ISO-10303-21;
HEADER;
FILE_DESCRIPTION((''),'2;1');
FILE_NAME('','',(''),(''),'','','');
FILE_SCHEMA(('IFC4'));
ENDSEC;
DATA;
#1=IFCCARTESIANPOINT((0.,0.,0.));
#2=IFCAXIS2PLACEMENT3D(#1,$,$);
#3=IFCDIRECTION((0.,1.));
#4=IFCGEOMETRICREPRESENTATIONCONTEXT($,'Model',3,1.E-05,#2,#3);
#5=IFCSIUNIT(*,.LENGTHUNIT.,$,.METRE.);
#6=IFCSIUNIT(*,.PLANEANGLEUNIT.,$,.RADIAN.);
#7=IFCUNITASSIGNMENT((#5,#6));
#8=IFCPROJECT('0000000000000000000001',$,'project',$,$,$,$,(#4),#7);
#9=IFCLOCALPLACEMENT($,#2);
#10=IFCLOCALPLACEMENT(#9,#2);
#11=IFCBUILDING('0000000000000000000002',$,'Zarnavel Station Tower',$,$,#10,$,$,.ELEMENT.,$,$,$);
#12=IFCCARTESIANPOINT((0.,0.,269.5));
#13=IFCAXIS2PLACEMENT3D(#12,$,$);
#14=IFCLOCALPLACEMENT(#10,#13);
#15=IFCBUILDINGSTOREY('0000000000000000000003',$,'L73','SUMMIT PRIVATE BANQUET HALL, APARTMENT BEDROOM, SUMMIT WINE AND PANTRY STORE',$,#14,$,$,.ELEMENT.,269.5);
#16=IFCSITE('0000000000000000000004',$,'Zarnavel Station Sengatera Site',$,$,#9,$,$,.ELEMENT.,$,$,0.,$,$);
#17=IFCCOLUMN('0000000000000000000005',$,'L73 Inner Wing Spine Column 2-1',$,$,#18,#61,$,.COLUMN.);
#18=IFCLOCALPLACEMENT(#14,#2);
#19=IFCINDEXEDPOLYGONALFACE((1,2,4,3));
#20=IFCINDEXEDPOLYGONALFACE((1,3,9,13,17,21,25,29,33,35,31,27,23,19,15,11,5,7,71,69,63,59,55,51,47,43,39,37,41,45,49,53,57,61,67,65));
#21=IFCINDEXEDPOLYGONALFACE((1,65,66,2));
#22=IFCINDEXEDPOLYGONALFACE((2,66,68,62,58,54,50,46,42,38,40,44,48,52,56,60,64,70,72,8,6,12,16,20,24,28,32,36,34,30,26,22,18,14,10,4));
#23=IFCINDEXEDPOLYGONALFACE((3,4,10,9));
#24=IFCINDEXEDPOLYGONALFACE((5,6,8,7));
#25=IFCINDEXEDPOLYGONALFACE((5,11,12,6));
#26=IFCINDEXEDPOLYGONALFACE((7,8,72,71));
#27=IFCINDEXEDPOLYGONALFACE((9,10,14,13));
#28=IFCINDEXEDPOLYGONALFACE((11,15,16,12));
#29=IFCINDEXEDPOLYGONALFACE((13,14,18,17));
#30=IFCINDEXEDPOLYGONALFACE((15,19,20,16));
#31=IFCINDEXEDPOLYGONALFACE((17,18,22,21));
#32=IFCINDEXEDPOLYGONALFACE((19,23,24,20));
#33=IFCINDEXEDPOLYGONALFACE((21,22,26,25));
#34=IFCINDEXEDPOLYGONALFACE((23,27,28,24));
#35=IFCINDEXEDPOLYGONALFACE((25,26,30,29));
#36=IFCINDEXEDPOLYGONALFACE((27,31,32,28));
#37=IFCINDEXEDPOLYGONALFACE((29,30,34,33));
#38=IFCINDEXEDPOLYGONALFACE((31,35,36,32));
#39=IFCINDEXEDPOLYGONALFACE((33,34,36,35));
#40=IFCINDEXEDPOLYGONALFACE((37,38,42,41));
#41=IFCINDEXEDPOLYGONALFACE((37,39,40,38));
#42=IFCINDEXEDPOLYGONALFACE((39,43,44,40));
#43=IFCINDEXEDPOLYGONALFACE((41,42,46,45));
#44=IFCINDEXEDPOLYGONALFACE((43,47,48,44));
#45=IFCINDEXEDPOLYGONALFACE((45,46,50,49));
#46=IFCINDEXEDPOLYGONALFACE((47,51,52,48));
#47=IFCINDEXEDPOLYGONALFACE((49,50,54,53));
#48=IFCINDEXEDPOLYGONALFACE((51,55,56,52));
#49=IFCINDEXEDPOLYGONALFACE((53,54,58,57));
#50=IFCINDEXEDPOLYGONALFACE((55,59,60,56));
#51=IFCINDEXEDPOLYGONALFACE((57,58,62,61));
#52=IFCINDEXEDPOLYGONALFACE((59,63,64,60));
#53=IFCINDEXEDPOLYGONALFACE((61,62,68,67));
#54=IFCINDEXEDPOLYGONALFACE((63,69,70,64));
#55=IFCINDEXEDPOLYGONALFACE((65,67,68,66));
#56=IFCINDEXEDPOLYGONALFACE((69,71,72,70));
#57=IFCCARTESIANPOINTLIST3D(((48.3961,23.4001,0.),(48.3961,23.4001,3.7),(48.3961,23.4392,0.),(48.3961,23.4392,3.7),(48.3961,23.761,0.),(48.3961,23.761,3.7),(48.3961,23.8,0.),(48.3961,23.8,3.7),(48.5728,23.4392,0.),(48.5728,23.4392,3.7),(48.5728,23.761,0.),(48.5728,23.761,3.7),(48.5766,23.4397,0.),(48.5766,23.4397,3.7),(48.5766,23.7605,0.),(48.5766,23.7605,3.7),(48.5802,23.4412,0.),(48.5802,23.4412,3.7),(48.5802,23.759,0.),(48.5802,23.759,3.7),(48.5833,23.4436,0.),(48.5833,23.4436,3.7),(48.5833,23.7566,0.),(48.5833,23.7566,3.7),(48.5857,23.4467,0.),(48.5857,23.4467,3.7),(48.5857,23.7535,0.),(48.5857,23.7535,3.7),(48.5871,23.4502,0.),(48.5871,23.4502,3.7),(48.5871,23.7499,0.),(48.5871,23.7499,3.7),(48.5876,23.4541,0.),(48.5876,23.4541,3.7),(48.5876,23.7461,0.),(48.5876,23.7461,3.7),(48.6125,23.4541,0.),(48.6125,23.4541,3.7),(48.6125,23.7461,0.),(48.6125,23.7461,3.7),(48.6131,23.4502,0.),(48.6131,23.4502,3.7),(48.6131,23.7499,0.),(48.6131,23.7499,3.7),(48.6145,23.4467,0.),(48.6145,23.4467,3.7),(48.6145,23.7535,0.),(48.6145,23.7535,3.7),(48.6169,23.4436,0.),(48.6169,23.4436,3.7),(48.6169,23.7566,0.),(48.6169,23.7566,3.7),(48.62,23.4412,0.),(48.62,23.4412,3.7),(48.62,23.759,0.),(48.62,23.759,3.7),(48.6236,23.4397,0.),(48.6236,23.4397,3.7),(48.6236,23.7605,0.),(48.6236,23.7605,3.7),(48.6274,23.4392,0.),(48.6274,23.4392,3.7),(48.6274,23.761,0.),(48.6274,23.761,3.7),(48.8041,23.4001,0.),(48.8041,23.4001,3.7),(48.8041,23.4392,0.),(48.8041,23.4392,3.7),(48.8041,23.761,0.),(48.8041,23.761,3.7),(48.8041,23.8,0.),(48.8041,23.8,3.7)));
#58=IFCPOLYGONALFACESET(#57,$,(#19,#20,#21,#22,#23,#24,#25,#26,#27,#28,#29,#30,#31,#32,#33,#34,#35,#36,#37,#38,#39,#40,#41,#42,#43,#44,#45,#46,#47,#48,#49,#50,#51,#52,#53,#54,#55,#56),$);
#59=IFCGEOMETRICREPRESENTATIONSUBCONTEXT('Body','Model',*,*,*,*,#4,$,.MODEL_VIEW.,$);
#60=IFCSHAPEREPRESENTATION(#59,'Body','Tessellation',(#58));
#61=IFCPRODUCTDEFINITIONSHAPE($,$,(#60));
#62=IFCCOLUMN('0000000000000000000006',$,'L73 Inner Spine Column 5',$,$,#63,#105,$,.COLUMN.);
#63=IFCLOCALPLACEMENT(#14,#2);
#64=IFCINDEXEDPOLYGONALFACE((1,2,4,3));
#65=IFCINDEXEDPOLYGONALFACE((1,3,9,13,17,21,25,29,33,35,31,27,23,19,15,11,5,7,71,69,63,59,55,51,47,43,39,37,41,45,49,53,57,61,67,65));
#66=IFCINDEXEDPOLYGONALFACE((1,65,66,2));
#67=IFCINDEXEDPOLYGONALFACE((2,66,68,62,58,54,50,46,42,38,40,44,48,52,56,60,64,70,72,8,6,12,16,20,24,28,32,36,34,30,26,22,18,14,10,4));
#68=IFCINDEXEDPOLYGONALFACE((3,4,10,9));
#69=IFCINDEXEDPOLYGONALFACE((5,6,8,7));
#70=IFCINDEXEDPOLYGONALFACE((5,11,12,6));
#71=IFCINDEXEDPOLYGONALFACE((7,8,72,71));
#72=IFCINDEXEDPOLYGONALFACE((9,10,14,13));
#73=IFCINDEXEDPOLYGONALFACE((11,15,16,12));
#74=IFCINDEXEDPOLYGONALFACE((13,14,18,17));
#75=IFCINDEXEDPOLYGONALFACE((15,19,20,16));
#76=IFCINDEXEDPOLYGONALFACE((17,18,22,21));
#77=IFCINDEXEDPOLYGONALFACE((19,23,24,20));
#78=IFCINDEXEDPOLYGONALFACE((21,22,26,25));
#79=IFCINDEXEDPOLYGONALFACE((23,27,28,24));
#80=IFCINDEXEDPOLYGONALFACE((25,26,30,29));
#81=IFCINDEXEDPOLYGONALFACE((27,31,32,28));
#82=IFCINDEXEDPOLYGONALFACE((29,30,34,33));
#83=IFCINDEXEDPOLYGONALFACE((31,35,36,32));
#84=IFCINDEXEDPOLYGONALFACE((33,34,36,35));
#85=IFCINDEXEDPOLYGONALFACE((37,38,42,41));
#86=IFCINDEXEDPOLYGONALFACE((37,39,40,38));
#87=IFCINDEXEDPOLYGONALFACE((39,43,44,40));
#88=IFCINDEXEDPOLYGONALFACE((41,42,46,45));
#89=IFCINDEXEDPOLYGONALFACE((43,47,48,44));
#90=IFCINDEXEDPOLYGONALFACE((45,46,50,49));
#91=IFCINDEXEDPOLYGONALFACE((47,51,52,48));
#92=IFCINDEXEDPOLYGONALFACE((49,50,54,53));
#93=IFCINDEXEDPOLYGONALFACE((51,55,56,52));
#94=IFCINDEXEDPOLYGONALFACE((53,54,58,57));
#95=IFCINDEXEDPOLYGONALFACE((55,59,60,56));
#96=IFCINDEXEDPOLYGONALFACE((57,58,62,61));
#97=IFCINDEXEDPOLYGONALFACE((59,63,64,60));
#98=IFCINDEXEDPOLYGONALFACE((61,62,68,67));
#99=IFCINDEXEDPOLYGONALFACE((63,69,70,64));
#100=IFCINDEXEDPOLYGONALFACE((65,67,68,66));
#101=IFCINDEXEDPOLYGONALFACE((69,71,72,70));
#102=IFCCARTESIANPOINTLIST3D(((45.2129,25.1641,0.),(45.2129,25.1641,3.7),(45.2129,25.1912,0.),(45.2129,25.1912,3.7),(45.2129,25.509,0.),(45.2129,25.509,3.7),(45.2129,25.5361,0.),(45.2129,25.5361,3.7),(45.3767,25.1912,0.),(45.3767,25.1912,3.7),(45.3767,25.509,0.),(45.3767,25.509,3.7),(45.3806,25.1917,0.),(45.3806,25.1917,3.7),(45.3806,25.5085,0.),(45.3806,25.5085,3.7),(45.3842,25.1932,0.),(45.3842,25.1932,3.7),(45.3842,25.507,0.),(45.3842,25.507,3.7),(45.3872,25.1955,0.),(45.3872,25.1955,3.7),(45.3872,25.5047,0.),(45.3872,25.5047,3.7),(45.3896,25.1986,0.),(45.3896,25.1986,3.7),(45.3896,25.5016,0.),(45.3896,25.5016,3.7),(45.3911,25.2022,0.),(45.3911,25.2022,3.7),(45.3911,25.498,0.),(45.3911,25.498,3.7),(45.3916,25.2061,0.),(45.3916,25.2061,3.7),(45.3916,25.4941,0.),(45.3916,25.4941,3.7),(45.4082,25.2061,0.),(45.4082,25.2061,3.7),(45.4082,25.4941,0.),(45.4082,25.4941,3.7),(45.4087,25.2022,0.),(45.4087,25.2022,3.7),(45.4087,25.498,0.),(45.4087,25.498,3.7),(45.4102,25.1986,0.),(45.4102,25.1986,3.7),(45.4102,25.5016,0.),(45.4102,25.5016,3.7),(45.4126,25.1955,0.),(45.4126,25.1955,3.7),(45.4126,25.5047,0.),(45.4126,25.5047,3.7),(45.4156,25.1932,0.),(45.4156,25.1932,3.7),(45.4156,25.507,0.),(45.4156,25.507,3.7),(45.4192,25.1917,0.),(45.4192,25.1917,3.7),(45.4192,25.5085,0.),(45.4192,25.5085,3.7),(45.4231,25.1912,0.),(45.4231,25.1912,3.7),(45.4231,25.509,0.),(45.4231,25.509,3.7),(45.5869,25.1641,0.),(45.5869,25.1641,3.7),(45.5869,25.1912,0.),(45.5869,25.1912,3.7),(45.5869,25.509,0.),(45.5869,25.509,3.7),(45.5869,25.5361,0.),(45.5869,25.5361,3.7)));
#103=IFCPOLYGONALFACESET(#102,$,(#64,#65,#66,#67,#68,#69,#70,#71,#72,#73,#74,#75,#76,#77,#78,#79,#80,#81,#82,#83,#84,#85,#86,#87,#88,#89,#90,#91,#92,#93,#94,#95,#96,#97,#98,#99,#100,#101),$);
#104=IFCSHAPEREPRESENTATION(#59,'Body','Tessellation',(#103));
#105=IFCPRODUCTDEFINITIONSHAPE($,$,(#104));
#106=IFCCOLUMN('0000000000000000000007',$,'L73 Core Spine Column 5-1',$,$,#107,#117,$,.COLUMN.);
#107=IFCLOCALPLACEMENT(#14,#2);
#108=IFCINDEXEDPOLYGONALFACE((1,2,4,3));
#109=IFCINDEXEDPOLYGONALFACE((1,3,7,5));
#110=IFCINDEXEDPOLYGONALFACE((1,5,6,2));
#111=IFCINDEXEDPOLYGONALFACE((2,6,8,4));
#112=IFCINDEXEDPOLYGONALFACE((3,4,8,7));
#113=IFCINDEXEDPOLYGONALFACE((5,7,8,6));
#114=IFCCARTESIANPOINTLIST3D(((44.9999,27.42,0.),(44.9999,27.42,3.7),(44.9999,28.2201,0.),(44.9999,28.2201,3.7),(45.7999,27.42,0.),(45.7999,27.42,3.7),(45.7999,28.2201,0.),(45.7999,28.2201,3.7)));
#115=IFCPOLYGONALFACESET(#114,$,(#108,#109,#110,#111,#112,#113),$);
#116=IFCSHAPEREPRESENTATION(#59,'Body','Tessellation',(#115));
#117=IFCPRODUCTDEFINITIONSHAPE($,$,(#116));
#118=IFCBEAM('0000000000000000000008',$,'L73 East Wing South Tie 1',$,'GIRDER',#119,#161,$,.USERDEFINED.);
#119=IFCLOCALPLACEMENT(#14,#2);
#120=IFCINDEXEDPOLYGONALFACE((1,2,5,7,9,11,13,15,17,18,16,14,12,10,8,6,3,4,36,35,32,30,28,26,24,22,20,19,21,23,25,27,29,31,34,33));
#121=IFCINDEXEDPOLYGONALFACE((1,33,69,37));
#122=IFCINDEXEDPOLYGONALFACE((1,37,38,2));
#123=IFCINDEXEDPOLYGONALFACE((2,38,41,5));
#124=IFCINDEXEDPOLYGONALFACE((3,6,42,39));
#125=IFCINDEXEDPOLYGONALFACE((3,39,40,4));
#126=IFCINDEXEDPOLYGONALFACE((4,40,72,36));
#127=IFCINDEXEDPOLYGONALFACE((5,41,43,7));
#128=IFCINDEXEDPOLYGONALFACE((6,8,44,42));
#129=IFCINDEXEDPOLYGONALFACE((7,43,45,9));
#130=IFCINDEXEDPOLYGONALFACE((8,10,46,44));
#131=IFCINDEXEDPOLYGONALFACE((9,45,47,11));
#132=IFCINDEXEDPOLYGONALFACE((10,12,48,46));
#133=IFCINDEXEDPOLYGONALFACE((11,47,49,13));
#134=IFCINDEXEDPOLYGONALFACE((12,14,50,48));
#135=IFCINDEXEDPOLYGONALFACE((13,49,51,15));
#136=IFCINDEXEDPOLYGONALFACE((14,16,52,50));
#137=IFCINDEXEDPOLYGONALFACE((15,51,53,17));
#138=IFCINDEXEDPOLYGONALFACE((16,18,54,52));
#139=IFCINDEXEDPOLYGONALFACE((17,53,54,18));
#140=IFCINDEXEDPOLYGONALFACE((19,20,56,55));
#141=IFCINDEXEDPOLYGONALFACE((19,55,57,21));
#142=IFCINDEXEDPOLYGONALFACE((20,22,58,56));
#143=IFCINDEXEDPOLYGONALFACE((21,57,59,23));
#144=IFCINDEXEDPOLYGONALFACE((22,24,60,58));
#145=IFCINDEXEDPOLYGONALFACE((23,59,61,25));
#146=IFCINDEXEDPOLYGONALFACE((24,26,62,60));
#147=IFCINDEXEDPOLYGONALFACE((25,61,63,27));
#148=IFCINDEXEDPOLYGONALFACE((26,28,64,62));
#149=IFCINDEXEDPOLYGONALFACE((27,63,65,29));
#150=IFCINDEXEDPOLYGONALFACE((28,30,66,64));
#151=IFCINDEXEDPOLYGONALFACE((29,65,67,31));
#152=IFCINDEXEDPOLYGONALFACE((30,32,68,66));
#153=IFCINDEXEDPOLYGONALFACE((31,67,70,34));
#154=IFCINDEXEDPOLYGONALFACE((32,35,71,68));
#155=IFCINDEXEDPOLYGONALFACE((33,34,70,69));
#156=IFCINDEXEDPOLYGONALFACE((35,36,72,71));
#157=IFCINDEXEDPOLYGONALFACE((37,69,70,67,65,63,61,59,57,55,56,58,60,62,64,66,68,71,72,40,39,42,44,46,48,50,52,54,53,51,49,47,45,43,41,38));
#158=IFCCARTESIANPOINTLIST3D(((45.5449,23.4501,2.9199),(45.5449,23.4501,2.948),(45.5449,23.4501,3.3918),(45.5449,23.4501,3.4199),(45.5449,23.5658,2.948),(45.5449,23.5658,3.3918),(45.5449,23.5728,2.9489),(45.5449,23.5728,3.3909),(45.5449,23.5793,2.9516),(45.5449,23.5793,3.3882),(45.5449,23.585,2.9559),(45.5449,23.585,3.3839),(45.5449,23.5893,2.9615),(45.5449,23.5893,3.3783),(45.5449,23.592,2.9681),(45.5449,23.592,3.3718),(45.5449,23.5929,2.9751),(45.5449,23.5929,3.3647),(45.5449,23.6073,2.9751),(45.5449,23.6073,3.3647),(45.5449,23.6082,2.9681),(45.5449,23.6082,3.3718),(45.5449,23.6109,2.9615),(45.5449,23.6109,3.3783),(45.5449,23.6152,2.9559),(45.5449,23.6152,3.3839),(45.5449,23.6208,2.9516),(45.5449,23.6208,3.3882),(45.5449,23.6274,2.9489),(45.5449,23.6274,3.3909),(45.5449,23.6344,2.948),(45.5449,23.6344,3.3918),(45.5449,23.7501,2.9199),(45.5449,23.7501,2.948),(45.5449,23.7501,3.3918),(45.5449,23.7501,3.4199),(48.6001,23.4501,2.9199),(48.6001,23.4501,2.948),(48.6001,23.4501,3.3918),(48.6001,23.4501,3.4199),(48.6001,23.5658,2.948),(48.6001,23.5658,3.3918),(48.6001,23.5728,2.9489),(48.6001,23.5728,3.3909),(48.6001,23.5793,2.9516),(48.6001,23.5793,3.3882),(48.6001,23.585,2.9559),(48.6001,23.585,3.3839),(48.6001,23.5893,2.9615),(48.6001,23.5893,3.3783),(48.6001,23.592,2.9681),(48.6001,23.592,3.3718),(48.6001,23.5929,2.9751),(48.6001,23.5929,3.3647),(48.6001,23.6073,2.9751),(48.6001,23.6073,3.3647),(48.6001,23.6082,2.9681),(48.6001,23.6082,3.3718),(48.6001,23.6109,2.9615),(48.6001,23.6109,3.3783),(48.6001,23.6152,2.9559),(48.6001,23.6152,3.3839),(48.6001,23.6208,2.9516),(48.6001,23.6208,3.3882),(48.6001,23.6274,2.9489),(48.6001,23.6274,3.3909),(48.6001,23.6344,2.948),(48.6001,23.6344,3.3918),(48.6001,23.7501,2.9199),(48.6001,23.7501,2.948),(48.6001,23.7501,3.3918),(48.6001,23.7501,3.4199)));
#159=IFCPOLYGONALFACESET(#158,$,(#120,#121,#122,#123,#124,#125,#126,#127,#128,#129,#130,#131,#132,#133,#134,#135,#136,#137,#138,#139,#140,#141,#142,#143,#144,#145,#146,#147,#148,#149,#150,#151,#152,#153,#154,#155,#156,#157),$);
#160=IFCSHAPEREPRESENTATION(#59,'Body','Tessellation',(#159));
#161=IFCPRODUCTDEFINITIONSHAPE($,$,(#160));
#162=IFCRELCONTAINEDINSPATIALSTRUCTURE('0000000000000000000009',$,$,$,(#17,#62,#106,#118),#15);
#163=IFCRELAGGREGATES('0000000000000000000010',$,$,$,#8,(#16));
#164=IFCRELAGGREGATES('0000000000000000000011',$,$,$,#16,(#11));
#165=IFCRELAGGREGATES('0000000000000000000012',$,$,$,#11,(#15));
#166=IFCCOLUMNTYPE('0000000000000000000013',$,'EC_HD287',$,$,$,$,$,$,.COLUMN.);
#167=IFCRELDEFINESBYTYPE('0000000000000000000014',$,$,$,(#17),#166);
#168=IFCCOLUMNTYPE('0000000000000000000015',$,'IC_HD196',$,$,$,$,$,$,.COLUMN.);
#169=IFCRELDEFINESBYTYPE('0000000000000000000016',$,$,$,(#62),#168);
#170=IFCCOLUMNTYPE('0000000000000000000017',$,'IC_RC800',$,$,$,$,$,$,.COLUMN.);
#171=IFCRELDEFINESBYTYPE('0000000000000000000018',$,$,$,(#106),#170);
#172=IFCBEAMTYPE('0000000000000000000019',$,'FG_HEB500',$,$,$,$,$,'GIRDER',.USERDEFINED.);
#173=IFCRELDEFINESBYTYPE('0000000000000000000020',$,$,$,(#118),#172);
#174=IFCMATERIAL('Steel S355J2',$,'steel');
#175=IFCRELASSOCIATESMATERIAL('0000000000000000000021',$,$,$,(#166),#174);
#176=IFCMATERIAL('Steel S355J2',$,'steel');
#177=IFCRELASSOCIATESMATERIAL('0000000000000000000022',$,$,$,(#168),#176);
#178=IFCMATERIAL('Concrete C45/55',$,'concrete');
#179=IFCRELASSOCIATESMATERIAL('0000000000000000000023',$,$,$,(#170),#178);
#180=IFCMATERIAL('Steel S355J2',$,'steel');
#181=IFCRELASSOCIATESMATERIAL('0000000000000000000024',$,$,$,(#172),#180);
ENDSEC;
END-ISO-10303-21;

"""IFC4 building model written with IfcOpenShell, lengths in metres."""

from ifc_helpers import new_model, si_unit, direction, frame, origin, origin_2d, place, context, subcontext, project, spatial, rectangle, i_section, extrude, material, material_profile, profile_set, type_object, element, save


model = new_model("IFC4")

# Units and contexts
model_context = context("Model", 3, precision=1e-05, world=origin(), true_north=direction((0.0, 1.0)))
body_context = subcontext(model_context, "Body", "Model", "MODEL_VIEW")
ifc_project = project(units=[si_unit("LENGTHUNIT", "METRE"), si_unit("PLANEANGLEUNIT", "RADIAN")], contexts=[model_context])

# Site, building, storey
site_placement = place(None, origin())
site = spatial("IfcSite", under=ifc_project, at=site_placement, Name="Zarnavel Station Sengatera Site", CompositionType="ELEMENT", RefElevation=0.0)
building_placement = place(site_placement, origin())
building = spatial("IfcBuilding", under=site, at=building_placement, Name="Zarnavel Station Tower", CompositionType="ELEMENT")
storey_placement = place(building_placement, frame((0.0, 0.0, 269.5)))
storey = spatial("IfcBuildingStorey", under=building, at=storey_placement, Name="L73", Description="SUMMIT PRIVATE BANQUET HALL, APARTMENT BEDROOM, SUMMIT WINE AND PANTRY STORE", CompositionType="ELEMENT", Elevation=269.5)

# Columns
ifc_material_1 = material(Name="Steel S355J2", Category="steel")
ifc_material_profile_1 = material_profile(ifc_material_1, i_section(OverallWidth=0.408, OverallDepth=0.3999, WebThickness=0.0249, FlangeThickness=0.0391, FilletRadius=0.0149, at=origin_2d()), Name="HD400x287")
ifc_profile_set_1 = profile_set([ifc_material_profile_1], Name="Steel S355J2")
column_type_1 = type_object("IfcColumnType", Name="EC_HD287", PredefinedType="COLUMN", material=ifc_profile_set_1)
column_1_placement = place(storey_placement, frame((48.6001, 23.6001, 0.0), z_axis=(0.0, 0.0, 1.0), x_axis=(1.0, 0.0, 0.0)))
element("IfcColumn", 1, at=column_1_placement, inside=storey, type_object=column_type_1, Name="L73 Inner Wing Spine Column 2-1", PredefinedType="COLUMN", context=body_context, shape_type="SweptSolid", body=[
    extrude(i_section(OverallWidth=0.408, OverallDepth=0.3999, WebThickness=0.0249, FlangeThickness=0.0391, FilletRadius=0.0149, at=origin_2d()), origin(), (0.0, 0.0, 1.0), 3.7),
])
ifc_material_2 = material(Name="Steel S355J2", Category="steel")
ifc_material_profile_2 = material_profile(ifc_material_2, i_section(OverallWidth=0.374, OverallDepth=0.3721, WebThickness=0.0166, FlangeThickness=0.0271, FilletRadius=0.0149, at=origin_2d()), Name="HD360x196")
ifc_profile_set_2 = profile_set([ifc_material_profile_2], Name="Steel S355J2")
column_type_2 = type_object("IfcColumnType", Name="IC_HD196", PredefinedType="COLUMN", material=ifc_profile_set_2)
column_2_placement = place(storey_placement, frame((45.3999, 25.3501, 0.0), z_axis=(0.0, 0.0, 1.0), x_axis=(1.0, 0.0, 0.0)))
element("IfcColumn", 2, at=column_2_placement, inside=storey, type_object=column_type_2, Name="L73 Inner Spine Column 5", PredefinedType="COLUMN", context=body_context, shape_type="SweptSolid", body=[
    extrude(i_section(OverallWidth=0.374, OverallDepth=0.3721, WebThickness=0.0166, FlangeThickness=0.0271, FilletRadius=0.0149, at=origin_2d()), origin(), (0.0, 0.0, 1.0), 3.7),
])
ifc_material_3 = material(Name="Concrete C45/55", Category="concrete")
ifc_material_profile_3 = material_profile(ifc_material_3, rectangle(XDim=0.8, YDim=0.8, at=origin_2d()), Name="RC800x800")
ifc_profile_set_3 = profile_set([ifc_material_profile_3], Name="Concrete C45/55")
column_type_3 = type_object("IfcColumnType", Name="IC_RC800", PredefinedType="COLUMN", material=ifc_profile_set_3)
column_3_placement = place(storey_placement, frame((45.3999, 27.8201, 0.0), z_axis=(0.0, 0.0, 1.0), x_axis=(1.0, 0.0, 0.0)))
element("IfcColumn", 3, at=column_3_placement, inside=storey, type_object=column_type_3, Name="L73 Core Spine Column 5-1", PredefinedType="COLUMN", context=body_context, shape_type="SweptSolid", body=[
    extrude(rectangle(XDim=0.8, YDim=0.8, at=origin_2d()), origin(), (0.0, 0.0, 1.0), 3.7),
])

# Beam
ifc_material_4 = material(Name="Steel S355J2", Category="steel")
ifc_material_profile_4 = material_profile(ifc_material_4, i_section(OverallWidth=0.3, OverallDepth=0.5, WebThickness=0.0144, FlangeThickness=0.0281, FilletRadius=0.0271, at=origin_2d()), Name="HEB500")
ifc_profile_set_4 = profile_set([ifc_material_profile_4], Name="Steel S355J2")
beam_type_1 = type_object("IfcBeamType", Name="FG_HEB500", ElementType="GIRDER", PredefinedType="USERDEFINED", material=ifc_profile_set_4)
beam_1_placement = place(storey_placement, frame((45.5449, 23.6001, 3.1699), z_axis=(1.0, 0.0, 0.0), x_axis=(0.0, 1.0, 0.0)))
element("IfcBeam", 4, at=beam_1_placement, inside=storey, type_object=beam_type_1, Name="L73 East Wing South Tie 1", ObjectType="GIRDER", PredefinedType="USERDEFINED", context=body_context, shape_type="SweptSolid", body=[
    extrude(i_section(OverallWidth=0.3, OverallDepth=0.5, WebThickness=0.0144, FlangeThickness=0.0281, FilletRadius=0.0271, at=origin_2d()), origin(), (0.0, 0.0, 1.0), 3.0552),
])

save(model, "model.ifc")
